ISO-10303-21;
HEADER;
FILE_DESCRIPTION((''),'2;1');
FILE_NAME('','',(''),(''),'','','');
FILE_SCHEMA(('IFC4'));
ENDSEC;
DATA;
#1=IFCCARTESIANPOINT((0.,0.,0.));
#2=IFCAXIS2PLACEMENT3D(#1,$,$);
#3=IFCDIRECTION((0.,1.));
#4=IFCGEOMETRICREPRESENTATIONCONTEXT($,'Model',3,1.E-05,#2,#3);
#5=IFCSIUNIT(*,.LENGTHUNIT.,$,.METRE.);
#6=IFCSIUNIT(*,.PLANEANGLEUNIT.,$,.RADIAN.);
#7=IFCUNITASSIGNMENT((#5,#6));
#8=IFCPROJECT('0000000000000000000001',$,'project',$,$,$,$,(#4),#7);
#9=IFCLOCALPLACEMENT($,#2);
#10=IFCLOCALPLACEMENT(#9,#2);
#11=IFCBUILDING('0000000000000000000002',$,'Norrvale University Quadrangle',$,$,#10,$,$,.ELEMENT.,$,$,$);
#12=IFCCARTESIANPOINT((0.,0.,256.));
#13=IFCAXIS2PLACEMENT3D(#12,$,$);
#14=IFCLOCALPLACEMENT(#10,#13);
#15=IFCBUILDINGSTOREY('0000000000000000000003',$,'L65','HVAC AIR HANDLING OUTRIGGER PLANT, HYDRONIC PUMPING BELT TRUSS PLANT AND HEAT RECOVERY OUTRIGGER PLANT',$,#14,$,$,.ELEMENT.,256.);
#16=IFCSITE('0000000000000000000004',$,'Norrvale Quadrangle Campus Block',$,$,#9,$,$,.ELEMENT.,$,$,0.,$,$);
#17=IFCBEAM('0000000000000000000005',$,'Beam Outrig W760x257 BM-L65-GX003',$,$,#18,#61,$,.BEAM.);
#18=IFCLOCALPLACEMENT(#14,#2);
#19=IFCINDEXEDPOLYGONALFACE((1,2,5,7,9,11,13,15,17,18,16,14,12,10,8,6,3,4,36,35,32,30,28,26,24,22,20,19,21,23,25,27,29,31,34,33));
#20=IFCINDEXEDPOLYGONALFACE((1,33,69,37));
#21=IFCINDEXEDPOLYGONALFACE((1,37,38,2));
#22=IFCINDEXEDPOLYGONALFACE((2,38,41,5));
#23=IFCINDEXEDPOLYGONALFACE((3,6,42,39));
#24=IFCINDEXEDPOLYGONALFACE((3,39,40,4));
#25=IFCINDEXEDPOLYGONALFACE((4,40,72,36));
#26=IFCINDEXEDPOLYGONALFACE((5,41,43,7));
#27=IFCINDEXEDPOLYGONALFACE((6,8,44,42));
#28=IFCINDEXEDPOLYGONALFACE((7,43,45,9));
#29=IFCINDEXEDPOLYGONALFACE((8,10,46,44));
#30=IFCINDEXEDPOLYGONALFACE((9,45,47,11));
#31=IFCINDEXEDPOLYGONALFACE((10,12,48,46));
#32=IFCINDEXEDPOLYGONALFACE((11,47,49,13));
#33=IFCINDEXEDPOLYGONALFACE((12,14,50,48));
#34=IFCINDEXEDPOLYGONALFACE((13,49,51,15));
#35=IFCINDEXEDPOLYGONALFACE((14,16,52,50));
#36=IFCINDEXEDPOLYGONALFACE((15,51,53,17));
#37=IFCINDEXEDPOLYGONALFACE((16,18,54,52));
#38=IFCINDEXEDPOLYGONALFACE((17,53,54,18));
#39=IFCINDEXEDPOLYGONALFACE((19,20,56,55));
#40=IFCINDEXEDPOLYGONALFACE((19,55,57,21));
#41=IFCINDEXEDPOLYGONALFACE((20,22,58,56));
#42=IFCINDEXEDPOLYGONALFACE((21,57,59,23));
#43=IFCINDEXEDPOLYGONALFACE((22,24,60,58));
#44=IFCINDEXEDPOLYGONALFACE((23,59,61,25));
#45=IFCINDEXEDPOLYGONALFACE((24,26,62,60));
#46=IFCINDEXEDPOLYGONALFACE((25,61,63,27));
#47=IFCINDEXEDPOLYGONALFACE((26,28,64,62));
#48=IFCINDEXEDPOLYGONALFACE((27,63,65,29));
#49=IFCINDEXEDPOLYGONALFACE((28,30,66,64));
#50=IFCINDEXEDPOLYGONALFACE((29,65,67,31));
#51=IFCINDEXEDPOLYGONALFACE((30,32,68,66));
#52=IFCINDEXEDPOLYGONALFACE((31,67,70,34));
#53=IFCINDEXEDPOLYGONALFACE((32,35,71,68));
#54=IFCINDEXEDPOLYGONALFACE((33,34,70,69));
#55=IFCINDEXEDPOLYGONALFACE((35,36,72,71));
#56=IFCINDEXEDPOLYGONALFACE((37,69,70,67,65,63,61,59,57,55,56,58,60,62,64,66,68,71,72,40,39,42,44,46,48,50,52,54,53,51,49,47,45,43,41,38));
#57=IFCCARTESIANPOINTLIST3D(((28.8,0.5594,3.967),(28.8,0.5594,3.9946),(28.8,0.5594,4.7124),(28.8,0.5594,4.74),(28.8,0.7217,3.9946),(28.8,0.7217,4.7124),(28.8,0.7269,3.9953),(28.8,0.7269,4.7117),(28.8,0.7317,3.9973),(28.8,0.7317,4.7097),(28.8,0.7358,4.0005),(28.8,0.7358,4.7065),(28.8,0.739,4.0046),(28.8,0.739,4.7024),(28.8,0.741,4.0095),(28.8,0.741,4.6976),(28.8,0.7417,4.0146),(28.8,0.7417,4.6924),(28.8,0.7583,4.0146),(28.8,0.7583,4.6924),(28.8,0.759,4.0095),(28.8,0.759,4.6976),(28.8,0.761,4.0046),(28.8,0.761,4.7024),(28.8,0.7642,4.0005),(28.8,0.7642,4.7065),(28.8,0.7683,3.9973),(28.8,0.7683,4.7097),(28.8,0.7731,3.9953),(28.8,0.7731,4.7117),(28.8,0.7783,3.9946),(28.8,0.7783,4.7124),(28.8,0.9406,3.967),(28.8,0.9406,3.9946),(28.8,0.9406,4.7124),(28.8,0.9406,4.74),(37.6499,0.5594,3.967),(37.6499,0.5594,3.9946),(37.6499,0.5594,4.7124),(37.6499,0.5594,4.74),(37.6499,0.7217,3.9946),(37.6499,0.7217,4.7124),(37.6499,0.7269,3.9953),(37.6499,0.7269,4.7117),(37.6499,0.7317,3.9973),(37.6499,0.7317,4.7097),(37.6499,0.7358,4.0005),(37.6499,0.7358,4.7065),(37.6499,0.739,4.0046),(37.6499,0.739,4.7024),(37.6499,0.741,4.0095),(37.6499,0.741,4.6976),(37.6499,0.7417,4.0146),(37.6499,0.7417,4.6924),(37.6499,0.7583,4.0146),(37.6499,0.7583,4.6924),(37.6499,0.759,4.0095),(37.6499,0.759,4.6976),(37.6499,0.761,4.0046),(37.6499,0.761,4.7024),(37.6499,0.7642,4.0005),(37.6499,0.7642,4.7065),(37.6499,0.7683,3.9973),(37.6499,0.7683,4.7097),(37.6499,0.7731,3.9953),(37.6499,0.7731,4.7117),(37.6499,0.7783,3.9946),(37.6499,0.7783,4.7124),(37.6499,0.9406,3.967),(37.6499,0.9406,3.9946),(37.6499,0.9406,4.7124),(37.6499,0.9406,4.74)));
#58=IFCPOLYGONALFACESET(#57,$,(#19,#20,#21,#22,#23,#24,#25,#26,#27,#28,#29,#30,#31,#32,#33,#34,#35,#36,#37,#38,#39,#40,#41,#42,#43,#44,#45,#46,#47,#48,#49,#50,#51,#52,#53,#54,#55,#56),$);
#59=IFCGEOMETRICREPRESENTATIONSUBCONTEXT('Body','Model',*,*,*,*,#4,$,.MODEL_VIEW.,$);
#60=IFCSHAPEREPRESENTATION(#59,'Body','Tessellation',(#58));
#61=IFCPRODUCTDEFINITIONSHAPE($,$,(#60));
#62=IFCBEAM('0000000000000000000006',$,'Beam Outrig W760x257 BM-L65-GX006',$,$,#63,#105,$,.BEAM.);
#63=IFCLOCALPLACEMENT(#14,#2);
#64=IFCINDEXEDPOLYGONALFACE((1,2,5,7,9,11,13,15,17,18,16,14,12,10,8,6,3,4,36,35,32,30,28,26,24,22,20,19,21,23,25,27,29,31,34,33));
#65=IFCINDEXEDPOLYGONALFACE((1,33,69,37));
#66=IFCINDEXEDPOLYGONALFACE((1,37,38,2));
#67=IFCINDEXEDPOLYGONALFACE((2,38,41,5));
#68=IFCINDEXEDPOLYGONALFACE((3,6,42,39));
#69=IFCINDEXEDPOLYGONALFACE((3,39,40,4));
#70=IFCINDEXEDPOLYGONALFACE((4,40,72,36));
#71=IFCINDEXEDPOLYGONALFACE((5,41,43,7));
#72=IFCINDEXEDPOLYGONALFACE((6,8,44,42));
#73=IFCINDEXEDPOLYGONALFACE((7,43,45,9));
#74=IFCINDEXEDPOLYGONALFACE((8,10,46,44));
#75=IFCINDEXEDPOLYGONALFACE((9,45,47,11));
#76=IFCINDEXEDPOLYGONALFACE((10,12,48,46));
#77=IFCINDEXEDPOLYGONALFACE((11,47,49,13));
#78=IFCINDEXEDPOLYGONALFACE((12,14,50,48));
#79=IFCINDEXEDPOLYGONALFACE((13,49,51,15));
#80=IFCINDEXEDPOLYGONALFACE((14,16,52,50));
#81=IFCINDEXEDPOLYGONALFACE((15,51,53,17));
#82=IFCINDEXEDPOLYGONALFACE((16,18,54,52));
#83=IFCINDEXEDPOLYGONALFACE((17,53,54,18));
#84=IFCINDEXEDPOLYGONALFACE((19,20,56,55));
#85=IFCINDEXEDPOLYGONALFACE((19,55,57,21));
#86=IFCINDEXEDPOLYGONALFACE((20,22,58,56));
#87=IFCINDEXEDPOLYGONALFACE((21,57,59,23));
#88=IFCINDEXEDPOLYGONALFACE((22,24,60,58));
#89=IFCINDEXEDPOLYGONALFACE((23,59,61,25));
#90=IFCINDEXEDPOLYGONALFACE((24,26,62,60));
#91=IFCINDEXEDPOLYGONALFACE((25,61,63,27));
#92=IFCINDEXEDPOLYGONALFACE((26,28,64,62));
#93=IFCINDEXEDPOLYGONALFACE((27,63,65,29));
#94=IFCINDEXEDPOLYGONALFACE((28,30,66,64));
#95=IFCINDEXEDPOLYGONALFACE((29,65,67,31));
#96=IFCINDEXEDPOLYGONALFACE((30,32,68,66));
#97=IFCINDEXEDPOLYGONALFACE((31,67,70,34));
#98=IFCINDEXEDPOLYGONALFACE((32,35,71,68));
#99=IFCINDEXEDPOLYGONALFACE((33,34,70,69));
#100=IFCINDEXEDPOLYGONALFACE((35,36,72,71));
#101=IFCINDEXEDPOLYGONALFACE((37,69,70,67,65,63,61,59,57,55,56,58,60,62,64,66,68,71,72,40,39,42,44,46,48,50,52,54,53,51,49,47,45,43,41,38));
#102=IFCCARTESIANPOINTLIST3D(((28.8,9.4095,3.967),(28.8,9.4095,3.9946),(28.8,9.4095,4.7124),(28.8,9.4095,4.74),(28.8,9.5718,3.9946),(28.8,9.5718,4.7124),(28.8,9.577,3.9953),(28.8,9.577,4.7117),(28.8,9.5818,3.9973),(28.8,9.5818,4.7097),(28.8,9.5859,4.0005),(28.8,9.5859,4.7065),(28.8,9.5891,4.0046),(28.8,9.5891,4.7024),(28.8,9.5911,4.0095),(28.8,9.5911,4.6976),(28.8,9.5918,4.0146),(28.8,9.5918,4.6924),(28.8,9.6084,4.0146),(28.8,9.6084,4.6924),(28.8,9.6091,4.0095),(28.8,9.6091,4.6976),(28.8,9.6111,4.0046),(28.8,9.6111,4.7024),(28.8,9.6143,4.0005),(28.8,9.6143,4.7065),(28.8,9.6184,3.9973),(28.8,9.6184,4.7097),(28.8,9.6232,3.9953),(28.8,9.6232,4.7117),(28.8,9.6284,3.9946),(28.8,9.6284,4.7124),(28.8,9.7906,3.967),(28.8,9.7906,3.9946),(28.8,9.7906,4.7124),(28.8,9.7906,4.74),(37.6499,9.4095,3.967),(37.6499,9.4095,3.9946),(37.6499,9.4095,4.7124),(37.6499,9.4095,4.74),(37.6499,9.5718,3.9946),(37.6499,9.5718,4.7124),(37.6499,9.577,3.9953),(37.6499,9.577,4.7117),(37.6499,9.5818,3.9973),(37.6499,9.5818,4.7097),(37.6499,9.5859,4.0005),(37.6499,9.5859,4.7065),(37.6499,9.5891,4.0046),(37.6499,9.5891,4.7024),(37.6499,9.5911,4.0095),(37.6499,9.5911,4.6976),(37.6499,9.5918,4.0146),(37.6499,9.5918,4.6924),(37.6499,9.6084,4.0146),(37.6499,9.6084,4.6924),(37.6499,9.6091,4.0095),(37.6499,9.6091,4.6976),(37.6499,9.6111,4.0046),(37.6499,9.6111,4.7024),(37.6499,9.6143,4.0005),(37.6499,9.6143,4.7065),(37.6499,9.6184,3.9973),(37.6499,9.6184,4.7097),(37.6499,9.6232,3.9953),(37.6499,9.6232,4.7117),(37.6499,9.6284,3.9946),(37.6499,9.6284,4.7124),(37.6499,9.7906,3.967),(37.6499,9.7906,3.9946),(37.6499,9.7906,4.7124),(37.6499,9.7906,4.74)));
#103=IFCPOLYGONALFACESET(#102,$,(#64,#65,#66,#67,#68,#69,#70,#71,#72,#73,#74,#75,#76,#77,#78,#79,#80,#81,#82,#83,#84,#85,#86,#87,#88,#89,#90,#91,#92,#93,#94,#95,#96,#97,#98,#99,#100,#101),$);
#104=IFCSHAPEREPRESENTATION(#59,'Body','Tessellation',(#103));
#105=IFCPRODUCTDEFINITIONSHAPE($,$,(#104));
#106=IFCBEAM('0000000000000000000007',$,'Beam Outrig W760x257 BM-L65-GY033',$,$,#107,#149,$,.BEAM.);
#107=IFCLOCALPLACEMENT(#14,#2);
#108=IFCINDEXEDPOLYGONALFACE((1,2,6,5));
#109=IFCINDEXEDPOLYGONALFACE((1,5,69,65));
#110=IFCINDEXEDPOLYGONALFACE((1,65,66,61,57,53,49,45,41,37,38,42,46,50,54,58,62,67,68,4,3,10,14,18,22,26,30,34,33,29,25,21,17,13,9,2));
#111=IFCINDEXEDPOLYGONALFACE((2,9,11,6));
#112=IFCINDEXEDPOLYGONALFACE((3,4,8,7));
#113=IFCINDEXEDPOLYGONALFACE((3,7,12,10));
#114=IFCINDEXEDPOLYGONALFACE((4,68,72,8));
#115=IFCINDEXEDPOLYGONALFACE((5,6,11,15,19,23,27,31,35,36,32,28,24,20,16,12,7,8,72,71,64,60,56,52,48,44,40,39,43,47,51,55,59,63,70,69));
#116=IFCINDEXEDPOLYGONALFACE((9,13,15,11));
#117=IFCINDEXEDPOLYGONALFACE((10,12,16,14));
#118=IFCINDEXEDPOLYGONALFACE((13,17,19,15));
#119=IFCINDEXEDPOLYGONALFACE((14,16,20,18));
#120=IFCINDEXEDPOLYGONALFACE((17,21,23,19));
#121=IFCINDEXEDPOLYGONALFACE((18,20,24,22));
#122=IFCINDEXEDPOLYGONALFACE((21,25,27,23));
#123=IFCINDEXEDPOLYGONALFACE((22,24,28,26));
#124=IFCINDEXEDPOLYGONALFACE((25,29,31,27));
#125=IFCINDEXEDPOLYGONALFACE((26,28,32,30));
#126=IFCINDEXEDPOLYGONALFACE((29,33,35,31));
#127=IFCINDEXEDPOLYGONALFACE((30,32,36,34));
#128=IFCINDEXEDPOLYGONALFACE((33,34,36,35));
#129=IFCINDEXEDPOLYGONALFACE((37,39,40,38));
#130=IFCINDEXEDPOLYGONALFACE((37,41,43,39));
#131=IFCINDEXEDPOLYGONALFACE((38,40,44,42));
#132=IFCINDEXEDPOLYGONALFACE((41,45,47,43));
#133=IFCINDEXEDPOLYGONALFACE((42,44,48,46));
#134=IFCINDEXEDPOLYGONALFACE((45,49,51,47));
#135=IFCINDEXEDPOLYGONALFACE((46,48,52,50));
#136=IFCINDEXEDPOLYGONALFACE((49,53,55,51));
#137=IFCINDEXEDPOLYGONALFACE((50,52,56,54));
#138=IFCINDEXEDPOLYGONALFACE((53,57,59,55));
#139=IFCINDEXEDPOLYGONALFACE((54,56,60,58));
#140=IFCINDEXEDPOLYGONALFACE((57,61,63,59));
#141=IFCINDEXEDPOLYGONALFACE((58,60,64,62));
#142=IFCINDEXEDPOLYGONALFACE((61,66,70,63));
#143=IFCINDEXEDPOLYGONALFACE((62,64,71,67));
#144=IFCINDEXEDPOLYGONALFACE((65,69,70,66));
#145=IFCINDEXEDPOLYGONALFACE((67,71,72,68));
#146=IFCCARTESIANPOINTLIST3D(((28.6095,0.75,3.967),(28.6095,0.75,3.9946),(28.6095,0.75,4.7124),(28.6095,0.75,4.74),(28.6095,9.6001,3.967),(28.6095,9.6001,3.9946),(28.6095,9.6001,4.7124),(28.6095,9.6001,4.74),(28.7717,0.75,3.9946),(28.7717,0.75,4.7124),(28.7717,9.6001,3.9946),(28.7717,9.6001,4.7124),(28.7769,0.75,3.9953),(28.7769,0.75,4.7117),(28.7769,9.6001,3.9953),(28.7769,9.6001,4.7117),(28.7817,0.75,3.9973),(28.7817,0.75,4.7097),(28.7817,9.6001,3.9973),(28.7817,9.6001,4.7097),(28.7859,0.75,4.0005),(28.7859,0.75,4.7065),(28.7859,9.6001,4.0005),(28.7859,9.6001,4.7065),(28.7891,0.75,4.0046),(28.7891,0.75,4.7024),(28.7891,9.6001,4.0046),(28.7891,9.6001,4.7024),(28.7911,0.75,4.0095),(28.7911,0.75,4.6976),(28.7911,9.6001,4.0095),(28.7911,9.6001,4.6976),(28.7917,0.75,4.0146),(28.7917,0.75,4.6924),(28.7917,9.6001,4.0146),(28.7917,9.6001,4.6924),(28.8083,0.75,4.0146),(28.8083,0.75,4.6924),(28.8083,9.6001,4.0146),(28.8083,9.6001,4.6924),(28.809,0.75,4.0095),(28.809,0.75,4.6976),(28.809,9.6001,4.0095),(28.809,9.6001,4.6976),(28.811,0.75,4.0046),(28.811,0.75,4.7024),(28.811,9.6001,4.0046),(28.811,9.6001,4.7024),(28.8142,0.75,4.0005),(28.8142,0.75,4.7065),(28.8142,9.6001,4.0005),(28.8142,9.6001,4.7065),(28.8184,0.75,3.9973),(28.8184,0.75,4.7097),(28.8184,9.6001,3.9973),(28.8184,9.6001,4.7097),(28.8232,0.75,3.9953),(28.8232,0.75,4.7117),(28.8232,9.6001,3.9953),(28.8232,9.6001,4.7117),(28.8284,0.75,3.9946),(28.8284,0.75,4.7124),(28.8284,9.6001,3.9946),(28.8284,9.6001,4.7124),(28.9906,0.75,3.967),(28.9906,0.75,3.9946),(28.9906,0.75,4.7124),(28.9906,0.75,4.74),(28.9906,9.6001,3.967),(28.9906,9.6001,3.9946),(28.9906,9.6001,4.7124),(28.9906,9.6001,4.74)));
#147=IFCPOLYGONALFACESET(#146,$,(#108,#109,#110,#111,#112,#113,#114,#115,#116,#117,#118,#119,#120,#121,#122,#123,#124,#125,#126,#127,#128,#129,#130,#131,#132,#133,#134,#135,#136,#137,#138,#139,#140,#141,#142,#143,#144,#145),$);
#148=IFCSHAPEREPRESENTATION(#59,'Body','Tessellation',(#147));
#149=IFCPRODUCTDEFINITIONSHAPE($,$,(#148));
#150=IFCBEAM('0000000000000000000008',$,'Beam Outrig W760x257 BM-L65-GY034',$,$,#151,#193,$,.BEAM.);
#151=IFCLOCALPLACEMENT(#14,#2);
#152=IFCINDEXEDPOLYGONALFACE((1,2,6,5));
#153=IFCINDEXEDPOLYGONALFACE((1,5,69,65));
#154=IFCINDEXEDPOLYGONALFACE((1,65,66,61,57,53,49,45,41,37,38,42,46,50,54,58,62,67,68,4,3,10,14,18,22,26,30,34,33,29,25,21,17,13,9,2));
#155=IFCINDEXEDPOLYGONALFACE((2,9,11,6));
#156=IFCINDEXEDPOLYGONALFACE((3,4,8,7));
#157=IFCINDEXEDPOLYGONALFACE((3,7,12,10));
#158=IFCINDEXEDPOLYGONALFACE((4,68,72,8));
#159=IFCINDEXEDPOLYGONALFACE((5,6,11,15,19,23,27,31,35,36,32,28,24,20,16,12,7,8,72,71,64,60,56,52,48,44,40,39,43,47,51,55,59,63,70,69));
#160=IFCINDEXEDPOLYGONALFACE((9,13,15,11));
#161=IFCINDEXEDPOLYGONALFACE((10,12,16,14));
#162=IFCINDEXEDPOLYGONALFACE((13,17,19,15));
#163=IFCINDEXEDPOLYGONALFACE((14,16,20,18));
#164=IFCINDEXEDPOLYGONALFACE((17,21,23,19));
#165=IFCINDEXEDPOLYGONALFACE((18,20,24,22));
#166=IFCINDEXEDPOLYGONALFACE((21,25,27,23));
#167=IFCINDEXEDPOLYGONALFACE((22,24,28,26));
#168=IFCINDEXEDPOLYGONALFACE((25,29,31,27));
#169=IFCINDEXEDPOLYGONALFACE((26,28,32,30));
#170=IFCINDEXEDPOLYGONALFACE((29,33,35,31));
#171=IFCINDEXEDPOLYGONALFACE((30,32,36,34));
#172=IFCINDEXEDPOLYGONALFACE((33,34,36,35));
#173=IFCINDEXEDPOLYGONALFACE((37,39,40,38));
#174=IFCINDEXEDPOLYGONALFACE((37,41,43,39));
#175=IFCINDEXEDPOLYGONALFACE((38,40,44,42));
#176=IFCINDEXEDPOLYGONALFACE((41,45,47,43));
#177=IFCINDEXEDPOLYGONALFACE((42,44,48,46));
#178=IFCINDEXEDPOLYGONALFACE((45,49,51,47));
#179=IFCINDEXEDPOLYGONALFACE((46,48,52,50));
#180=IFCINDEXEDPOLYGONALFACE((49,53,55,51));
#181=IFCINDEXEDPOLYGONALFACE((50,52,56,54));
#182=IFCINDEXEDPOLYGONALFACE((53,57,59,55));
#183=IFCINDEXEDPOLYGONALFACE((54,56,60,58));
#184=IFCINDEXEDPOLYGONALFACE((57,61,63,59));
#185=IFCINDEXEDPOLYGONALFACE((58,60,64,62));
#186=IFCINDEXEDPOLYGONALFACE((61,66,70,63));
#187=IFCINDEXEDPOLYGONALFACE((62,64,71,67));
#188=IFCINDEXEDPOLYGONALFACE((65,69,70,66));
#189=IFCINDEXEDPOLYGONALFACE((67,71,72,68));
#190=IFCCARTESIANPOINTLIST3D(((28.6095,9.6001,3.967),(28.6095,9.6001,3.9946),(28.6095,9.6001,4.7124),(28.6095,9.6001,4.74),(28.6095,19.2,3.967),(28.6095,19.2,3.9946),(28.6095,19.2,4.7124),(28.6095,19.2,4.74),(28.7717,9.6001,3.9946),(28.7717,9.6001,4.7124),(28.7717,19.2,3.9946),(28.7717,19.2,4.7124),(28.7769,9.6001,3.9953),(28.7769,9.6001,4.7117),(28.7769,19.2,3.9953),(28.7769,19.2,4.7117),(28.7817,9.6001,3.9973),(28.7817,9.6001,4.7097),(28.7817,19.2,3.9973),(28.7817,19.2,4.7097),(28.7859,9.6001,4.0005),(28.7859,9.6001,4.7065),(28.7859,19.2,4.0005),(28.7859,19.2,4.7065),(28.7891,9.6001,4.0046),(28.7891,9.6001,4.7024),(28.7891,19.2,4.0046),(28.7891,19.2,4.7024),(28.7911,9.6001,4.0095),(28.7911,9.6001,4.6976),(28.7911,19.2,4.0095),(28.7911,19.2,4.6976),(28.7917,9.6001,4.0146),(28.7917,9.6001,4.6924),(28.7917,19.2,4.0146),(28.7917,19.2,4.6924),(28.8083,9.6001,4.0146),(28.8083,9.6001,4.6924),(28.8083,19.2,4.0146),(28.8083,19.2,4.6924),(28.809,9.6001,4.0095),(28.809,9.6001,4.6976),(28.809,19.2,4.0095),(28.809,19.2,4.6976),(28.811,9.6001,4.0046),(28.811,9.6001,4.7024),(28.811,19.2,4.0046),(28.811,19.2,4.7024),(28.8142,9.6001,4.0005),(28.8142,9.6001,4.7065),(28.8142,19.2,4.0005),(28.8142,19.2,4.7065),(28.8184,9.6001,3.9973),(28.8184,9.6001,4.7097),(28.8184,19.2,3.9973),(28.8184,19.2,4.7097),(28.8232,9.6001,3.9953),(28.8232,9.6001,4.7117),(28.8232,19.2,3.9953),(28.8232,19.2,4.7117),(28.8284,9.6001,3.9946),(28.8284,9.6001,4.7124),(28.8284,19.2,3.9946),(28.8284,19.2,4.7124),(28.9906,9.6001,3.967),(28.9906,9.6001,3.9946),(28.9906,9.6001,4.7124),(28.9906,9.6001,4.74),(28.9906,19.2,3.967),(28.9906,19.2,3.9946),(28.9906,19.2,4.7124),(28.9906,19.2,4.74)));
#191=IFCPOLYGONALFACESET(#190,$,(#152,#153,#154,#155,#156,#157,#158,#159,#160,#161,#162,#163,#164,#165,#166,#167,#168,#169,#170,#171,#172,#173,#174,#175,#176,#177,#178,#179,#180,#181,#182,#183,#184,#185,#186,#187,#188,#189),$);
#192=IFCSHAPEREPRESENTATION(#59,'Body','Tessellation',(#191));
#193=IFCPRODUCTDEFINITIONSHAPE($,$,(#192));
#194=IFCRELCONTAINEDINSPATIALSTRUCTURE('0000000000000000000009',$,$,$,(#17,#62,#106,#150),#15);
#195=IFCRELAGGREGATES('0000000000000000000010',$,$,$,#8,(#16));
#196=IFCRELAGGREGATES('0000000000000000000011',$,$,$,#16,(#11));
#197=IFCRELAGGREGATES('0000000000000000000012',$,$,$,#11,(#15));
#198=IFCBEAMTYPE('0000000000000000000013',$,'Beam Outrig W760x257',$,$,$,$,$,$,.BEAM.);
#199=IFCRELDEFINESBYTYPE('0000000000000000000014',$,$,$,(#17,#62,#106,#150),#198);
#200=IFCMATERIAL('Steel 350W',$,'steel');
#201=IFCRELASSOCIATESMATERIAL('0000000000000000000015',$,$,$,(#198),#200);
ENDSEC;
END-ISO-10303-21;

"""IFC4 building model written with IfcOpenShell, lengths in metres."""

from ifc_helpers import new_model, si_unit, direction, frame, origin, origin_2d, place, context, subcontext, project, spatial, i_section, extrude, material, material_profile, profile_set, type_object, element, save


model = new_model("IFC4")

# Units and contexts
model_context = context("Model", 3, precision=1e-05, world=origin(), true_north=direction((0.0, 1.0)))
body_context = subcontext(model_context, "Body", "Model", "MODEL_VIEW")
ifc_project = project(units=[si_unit("LENGTHUNIT", "METRE"), si_unit("PLANEANGLEUNIT", "RADIAN")], contexts=[model_context])

# Site, building, storey
site_placement = place(None, origin())
site = spatial("IfcSite", under=ifc_project, at=site_placement, Name="Norrvale Quadrangle Campus Block", CompositionType="ELEMENT", RefElevation=0.0)
building_placement = place(site_placement, origin())
building = spatial("IfcBuilding", under=site, at=building_placement, Name="Norrvale University Quadrangle", CompositionType="ELEMENT")
storey_placement = place(building_placement, frame((0.0, 0.0, 256.0)))
storey = spatial("IfcBuildingStorey", under=building, at=storey_placement, Name="L65", Description="HVAC AIR HANDLING OUTRIGGER PLANT, HYDRONIC PUMPING BELT TRUSS PLANT AND HEAT RECOVERY OUTRIGGER PLANT", CompositionType="ELEMENT", Elevation=256.0)

# Beams
ifc_material_1 = material(Name="Steel 350W", Category="steel")
ifc_material_profile_1 = material_profile(ifc_material_1, i_section(OverallWidth=0.3811, OverallDepth=0.7729, WebThickness=0.0166, FlangeThickness=0.0276, FilletRadius=0.02, at=origin_2d()), Name="Steel 350W")
ifc_profile_set_1 = profile_set([ifc_material_profile_1], Name="Steel 350W")
beam_type_1 = type_object("IfcBeamType", Name="Beam Outrig W760x257", PredefinedType="BEAM", material=ifc_profile_set_1)
for number, where, z_axis, x_axis, name in (
    (1, (28.8, 0.75, 4.3535), (1.0, 0.0, 0.0), (0.0, 1.0, 0.0), "Beam Outrig W760x257 BM-L65-GX003"),
    (2, (28.8, 9.6001, 4.3535), (1.0, 0.0, 0.0), (0.0, 1.0, 0.0), "Beam Outrig W760x257 BM-L65-GX006"),
):
    element("IfcBeam", number, at=place(storey_placement, frame(where, z_axis=z_axis, x_axis=x_axis)), inside=storey, type_object=beam_type_1, Name=name, PredefinedType="BEAM", context=body_context, shape_type="SweptSolid", body=[
        extrude(i_section(OverallWidth=0.3811, OverallDepth=0.7729, WebThickness=0.0166, FlangeThickness=0.0276, FilletRadius=0.02, at=origin_2d()), origin(), (0.0, 0.0, 1.0), 8.8499),
    ])
beam_1_placement = place(storey_placement, frame((28.8, 0.75, 4.3535), z_axis=(0.0, 1.0, 0.0), x_axis=(-1.0, 0.0, 0.0)))
element("IfcBeam", 3, at=beam_1_placement, inside=storey, type_object=beam_type_1, Name="Beam Outrig W760x257 BM-L65-GY033", PredefinedType="BEAM", context=body_context, shape_type="SweptSolid", body=[
    extrude(i_section(OverallWidth=0.3811, OverallDepth=0.7729, WebThickness=0.0166, FlangeThickness=0.0276, FilletRadius=0.02, at=origin_2d()), origin(), (0.0, 0.0, 1.0), 8.8501),
])
beam_2_placement = place(storey_placement, frame((28.8, 9.6001, 4.3535), z_axis=(0.0, 1.0, 0.0), x_axis=(-1.0, 0.0, 0.0)))
element("IfcBeam", 4, at=beam_2_placement, inside=storey, type_object=beam_type_1, Name="Beam Outrig W760x257 BM-L65-GY034", PredefinedType="BEAM", context=body_context, shape_type="SweptSolid", body=[
    extrude(i_section(OverallWidth=0.3811, OverallDepth=0.7729, WebThickness=0.0166, FlangeThickness=0.0276, FilletRadius=0.02, at=origin_2d()), origin(), (0.0, 0.0, 1.0), 9.5999),
])

save(model, "model.ifc")
